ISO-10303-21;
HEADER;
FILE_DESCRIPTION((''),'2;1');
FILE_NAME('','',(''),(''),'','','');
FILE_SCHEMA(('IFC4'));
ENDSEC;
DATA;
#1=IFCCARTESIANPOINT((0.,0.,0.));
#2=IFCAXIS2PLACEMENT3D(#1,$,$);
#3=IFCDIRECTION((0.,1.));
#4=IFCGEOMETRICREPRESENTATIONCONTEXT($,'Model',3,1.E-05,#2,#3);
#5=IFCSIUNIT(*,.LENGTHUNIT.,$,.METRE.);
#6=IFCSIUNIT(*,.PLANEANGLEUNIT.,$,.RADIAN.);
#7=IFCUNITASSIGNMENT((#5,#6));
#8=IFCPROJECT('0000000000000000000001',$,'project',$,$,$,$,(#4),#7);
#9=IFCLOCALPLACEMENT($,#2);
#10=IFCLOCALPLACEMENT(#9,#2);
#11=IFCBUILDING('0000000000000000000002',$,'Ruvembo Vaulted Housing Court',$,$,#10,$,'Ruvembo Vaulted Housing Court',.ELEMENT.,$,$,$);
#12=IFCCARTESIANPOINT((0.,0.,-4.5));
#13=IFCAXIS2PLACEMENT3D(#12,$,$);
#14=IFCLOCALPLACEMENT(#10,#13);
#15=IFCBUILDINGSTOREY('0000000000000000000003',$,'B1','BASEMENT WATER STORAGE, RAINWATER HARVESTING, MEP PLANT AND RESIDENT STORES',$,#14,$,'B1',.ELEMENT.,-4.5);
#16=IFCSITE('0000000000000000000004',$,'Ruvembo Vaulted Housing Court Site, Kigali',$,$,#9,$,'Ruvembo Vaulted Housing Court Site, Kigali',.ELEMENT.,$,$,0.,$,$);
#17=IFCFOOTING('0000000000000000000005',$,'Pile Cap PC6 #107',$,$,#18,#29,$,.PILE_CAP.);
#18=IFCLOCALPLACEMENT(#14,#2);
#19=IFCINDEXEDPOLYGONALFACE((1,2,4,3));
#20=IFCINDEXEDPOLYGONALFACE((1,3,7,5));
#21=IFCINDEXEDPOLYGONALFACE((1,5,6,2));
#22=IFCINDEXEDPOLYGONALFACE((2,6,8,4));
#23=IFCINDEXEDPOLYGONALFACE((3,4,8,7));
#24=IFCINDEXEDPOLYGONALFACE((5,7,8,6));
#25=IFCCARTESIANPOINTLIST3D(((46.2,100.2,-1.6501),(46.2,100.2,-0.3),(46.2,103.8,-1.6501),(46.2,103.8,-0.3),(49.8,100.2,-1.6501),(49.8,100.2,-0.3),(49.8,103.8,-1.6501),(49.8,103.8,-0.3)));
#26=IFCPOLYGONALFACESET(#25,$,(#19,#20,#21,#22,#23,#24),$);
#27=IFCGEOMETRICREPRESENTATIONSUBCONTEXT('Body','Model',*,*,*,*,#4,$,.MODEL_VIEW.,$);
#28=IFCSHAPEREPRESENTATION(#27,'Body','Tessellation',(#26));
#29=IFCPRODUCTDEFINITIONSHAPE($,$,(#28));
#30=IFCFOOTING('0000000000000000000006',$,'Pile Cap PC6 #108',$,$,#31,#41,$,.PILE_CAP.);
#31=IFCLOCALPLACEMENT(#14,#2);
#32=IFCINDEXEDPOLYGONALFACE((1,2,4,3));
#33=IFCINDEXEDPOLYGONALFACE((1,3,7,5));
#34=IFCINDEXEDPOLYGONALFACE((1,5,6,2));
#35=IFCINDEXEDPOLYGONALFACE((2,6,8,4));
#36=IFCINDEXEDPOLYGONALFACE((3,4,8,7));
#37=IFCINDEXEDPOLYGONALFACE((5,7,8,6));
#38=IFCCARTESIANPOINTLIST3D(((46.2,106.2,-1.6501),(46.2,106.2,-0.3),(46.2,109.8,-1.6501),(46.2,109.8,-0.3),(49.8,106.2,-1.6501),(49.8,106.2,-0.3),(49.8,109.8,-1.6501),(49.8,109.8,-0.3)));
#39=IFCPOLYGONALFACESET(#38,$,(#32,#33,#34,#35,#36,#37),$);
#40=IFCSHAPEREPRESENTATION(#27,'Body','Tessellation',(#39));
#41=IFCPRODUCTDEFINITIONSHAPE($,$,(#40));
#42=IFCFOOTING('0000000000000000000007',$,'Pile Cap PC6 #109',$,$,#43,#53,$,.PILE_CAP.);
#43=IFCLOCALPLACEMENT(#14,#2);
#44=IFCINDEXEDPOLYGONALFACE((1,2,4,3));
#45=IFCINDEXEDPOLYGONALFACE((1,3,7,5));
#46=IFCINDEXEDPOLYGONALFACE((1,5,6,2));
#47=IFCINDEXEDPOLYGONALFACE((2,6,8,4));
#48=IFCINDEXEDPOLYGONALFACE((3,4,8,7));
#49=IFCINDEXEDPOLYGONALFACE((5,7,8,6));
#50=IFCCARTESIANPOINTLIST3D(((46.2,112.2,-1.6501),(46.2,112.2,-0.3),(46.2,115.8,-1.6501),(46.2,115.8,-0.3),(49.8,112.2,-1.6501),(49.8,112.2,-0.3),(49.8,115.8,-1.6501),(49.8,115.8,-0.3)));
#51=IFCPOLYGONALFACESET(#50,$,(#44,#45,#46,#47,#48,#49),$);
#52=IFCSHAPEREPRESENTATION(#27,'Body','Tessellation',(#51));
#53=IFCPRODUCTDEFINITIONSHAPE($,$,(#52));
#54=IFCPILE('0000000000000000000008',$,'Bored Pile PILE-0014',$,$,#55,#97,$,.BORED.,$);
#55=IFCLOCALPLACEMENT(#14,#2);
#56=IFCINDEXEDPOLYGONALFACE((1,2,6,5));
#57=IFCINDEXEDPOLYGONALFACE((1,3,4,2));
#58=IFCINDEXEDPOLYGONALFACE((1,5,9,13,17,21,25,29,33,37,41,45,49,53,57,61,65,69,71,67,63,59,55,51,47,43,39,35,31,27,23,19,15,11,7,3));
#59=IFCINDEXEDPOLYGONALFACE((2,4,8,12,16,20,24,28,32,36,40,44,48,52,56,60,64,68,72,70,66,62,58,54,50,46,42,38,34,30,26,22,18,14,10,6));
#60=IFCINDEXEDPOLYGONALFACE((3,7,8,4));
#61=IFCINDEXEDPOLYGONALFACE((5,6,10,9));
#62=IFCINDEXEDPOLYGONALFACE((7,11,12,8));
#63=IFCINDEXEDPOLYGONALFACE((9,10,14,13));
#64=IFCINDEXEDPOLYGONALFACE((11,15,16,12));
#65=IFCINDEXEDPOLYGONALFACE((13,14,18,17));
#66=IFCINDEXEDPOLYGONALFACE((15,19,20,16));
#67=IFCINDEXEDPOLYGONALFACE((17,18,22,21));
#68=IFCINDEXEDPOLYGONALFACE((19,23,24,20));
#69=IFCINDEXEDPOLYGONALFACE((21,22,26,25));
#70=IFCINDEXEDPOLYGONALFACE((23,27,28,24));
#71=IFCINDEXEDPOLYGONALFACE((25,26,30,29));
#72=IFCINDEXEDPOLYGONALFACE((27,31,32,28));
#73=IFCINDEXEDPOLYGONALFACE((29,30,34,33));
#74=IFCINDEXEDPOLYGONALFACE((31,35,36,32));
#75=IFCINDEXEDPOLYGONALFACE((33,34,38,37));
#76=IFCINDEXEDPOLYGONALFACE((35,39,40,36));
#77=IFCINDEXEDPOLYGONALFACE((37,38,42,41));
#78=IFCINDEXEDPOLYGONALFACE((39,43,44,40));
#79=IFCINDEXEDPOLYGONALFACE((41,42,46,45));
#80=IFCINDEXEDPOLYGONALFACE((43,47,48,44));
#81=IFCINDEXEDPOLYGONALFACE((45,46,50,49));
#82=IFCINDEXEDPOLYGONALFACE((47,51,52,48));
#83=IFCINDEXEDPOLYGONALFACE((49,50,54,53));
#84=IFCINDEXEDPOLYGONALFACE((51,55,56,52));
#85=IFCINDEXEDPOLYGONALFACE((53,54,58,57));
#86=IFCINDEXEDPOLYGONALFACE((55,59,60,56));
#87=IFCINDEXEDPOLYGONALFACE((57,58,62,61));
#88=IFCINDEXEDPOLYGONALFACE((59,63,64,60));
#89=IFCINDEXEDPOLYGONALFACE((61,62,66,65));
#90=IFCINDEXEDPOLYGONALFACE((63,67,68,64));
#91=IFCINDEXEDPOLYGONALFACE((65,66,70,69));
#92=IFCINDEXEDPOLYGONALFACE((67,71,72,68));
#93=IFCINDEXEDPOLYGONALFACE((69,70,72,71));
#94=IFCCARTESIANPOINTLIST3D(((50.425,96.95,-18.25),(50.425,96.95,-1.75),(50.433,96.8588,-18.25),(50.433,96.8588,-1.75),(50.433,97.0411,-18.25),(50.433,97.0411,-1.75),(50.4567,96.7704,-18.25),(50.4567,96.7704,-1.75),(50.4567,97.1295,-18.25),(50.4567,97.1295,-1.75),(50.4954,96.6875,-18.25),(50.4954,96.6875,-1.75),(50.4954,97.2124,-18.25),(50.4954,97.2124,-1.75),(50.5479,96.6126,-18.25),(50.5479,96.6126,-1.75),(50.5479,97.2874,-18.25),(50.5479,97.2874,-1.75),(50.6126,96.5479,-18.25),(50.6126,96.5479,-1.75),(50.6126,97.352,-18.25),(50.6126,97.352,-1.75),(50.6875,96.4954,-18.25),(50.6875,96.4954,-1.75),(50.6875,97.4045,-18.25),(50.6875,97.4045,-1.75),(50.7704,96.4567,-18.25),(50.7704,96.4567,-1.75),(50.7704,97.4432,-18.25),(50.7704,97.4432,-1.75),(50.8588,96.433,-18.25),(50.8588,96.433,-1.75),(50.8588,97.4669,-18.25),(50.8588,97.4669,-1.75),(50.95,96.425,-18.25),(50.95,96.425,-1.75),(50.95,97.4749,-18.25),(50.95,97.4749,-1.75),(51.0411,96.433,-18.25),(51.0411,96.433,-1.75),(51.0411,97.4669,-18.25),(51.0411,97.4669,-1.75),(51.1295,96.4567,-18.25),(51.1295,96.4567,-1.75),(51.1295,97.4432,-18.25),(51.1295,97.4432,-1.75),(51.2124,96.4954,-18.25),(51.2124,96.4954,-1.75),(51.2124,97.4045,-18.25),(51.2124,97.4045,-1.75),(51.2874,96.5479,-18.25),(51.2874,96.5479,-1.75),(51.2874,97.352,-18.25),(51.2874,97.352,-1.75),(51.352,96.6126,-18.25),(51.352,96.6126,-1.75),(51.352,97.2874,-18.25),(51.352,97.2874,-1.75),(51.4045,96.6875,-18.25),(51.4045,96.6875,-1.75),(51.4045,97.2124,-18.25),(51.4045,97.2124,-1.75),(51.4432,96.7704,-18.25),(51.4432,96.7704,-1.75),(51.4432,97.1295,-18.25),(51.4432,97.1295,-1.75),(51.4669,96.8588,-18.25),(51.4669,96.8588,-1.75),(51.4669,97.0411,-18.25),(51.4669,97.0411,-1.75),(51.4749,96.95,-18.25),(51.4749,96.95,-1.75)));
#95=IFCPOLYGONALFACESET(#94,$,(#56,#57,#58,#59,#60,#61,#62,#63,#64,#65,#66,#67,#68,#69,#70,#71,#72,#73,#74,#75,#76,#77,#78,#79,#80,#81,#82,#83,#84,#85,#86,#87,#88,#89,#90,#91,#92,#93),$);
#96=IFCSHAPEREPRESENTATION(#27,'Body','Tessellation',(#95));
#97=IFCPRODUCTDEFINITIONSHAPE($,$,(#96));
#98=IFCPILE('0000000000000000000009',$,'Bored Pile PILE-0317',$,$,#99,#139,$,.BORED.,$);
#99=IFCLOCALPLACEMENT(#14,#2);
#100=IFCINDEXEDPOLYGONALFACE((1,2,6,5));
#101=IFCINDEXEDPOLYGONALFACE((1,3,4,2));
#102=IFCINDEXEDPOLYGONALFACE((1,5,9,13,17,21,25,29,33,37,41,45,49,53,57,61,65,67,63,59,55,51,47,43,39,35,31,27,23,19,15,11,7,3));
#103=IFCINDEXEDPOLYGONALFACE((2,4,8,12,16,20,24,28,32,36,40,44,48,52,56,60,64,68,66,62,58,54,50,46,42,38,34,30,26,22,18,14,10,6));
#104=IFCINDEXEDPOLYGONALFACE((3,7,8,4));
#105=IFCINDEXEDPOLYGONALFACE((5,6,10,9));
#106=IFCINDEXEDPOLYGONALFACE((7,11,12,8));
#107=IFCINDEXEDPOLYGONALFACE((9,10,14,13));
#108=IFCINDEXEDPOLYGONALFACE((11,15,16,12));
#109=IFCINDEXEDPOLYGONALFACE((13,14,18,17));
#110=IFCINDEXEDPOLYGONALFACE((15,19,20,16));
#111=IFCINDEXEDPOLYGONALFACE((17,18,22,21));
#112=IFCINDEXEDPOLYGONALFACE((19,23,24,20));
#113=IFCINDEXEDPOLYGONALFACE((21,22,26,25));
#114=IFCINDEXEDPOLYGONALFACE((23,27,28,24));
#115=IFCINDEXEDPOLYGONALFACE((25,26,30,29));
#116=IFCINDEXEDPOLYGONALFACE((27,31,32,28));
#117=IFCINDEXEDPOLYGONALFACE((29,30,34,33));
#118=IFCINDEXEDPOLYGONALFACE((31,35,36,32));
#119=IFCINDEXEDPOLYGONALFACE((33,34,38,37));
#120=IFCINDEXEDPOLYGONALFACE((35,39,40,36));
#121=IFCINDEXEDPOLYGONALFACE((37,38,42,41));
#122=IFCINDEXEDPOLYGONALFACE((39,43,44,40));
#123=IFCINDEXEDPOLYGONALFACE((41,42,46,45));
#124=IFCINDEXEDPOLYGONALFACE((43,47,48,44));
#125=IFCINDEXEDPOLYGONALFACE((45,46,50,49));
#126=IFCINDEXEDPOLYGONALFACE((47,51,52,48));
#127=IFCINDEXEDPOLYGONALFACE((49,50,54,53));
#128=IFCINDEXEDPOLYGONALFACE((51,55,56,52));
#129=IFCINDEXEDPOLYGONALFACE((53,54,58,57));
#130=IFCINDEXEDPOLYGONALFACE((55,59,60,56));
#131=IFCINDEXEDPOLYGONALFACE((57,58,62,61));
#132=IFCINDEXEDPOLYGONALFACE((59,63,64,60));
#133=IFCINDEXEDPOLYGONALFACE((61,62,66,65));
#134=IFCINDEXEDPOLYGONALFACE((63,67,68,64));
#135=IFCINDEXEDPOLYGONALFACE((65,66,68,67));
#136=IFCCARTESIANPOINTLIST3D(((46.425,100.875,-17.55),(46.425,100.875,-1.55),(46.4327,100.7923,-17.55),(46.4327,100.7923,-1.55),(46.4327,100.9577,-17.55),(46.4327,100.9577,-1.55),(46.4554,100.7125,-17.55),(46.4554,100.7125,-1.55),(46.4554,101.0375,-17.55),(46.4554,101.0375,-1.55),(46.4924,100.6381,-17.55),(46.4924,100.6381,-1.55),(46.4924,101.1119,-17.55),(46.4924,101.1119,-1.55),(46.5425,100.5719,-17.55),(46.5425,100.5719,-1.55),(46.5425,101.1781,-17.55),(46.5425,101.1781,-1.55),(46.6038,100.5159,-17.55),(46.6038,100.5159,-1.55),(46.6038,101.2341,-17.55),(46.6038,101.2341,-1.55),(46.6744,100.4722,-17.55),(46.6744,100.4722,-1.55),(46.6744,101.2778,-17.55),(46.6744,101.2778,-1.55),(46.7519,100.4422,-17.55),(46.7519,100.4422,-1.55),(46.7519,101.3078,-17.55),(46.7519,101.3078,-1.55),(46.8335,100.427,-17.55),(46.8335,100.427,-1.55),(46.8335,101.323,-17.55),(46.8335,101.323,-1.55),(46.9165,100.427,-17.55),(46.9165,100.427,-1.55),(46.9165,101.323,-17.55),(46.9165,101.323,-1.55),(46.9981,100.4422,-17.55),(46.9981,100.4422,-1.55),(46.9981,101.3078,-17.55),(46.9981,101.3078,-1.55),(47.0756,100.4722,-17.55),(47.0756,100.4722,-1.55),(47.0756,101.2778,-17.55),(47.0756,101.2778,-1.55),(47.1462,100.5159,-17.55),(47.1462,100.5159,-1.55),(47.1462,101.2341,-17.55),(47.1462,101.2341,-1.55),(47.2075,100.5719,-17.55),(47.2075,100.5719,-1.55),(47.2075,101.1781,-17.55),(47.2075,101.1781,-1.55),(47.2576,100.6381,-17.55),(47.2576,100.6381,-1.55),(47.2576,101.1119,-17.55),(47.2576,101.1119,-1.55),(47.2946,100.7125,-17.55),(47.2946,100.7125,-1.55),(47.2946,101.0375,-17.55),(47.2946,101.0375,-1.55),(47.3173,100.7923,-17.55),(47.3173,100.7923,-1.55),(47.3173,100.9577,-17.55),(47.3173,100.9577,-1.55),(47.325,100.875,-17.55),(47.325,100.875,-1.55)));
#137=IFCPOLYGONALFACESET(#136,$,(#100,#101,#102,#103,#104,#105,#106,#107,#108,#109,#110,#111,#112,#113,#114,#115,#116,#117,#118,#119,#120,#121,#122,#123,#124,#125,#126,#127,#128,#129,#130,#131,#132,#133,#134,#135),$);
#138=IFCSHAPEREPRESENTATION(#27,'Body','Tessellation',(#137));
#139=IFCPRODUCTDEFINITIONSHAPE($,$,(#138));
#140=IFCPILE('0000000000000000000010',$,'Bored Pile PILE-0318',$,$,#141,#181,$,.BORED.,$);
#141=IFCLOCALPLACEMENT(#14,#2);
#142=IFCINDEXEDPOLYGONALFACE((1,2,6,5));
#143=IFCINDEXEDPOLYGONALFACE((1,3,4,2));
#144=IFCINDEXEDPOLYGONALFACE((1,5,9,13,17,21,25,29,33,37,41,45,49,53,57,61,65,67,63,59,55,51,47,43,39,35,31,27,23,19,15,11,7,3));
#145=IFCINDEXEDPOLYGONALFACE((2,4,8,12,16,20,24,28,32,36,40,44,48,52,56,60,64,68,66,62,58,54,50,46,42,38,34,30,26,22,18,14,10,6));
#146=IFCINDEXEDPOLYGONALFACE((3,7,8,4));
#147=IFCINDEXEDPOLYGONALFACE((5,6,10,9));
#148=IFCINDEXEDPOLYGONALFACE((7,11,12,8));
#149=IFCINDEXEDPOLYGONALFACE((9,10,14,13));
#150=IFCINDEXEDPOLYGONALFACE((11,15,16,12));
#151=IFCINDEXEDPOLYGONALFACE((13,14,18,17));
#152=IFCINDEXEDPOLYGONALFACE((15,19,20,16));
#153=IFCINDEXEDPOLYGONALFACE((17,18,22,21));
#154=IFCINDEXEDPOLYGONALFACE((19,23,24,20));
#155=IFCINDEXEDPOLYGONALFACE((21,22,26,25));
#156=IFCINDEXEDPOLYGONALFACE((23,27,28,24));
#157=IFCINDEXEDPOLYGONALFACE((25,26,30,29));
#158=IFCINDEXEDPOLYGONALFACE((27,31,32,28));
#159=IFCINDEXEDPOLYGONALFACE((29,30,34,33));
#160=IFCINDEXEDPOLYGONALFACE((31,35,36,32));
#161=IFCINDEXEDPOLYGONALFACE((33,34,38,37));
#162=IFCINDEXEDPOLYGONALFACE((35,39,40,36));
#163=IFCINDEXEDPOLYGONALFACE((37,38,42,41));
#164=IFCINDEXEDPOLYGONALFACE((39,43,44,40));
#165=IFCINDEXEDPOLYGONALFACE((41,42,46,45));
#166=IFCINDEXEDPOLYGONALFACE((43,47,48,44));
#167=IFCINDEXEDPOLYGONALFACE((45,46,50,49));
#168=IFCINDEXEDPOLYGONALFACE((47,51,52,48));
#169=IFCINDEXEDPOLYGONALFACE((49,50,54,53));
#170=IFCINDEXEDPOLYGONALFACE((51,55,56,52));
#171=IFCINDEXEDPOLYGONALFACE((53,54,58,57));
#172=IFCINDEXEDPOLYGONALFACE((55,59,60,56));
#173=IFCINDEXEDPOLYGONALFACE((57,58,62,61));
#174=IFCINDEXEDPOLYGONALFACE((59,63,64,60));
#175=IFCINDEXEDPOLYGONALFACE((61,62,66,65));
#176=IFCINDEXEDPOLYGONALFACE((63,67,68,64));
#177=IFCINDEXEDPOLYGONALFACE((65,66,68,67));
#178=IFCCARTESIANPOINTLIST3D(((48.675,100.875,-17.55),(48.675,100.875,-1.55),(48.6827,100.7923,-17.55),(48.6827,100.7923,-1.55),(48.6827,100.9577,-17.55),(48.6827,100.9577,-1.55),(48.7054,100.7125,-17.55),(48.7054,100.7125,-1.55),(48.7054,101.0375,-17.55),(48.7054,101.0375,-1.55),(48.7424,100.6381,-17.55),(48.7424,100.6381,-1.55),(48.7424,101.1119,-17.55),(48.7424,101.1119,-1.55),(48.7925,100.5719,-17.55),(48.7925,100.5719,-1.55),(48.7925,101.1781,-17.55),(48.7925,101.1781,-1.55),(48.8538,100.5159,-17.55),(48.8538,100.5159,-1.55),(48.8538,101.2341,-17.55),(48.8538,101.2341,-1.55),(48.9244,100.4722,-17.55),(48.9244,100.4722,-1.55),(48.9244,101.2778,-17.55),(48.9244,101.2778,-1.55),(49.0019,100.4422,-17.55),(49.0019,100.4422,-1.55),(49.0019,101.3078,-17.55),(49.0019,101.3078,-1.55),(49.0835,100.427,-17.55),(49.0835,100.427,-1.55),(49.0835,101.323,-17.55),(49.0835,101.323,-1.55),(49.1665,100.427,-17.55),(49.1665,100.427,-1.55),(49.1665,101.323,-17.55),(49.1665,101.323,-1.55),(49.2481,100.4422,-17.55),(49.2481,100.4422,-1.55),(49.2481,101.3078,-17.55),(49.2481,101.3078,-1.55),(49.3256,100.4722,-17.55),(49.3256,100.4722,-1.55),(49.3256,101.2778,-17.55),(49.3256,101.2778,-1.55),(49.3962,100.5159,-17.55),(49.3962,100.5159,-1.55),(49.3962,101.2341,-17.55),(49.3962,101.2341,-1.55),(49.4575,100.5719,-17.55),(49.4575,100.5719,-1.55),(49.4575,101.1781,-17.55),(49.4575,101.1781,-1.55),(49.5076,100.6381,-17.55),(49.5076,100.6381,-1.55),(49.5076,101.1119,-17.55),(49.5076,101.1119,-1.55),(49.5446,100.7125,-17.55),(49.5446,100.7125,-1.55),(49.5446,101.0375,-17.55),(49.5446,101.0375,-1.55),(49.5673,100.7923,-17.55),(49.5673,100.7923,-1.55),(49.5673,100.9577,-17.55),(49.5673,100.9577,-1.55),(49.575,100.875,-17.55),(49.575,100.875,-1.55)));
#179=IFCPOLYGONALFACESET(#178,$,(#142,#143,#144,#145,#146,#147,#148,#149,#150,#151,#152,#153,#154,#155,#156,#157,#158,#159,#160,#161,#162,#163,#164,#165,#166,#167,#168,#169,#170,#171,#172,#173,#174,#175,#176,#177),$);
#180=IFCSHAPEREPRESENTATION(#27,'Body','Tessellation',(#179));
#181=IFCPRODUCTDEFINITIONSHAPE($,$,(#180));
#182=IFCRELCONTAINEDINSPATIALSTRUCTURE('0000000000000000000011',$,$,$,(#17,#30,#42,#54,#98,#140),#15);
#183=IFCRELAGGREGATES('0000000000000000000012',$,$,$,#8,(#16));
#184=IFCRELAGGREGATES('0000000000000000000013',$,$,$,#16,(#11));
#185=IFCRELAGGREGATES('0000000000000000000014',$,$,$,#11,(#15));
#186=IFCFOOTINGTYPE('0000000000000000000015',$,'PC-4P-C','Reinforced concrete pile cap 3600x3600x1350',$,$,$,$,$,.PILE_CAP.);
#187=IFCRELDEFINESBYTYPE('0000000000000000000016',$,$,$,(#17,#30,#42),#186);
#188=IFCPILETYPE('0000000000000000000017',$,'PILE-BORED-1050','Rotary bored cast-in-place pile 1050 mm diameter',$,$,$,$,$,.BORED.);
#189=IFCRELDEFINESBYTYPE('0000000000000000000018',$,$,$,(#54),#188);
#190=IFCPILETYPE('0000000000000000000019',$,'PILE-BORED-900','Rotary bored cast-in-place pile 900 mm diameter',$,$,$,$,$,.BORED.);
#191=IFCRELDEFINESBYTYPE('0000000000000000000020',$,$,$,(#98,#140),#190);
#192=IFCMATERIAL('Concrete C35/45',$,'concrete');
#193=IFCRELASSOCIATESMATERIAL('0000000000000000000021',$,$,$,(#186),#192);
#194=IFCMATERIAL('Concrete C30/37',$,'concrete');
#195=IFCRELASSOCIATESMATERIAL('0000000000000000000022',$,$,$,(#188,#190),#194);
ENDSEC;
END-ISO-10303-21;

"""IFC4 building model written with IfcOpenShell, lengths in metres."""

from ifc_helpers import new_model, si_unit, direction, frame, origin, origin_2d, place, context, subcontext, project, spatial, rectangle, circle, extrude, material, material_profile, profile_set, type_object, element, save


model = new_model("IFC4")

# Units and contexts
model_context = context("Model", 3, precision=1e-05, world=origin(), true_north=direction((0.0, 1.0)))
body_context = subcontext(model_context, "Body", "Model", "MODEL_VIEW")
ifc_project = project(units=[si_unit("LENGTHUNIT", "METRE"), si_unit("PLANEANGLEUNIT", "RADIAN")], contexts=[model_context])

# Site, building, storey
site_placement = place(None, origin())
site = spatial("IfcSite", under=ifc_project, at=site_placement, Name="Ruvembo Vaulted Housing Court Site, Kigali", LongName="Ruvembo Vaulted Housing Court Site, Kigali", CompositionType="ELEMENT", RefElevation=0.0)
building_placement = place(site_placement, origin())
building = spatial("IfcBuilding", under=site, at=building_placement, Name="Ruvembo Vaulted Housing Court", LongName="Ruvembo Vaulted Housing Court", CompositionType="ELEMENT")
storey_placement = place(building_placement, frame((0.0, 0.0, -4.5)))
storey = spatial("IfcBuildingStorey", under=building, at=storey_placement, Name="B1", Description="BASEMENT WATER STORAGE, RAINWATER HARVESTING, MEP PLANT AND RESIDENT STORES", LongName="B1", CompositionType="ELEMENT", Elevation=-4.5)

# Footings
ifc_material_1 = material(Name="Concrete C35/45", Category="concrete")
footing_type = type_object("IfcFootingType", Name="PC-4P-C", Description="Reinforced concrete pile cap 3600x3600x1350", PredefinedType="PILE_CAP", material=ifc_material_1)
for number, where, z_axis, x_axis, name in (
    (1, (48.0, 102.0, -1.6501), (0.0, 0.0, 1.0), (1.0, 0.0, 0.0), "Pile Cap PC6 #107"),
    (2, (48.0, 108.0, -1.6501), (0.0, 0.0, 1.0), (1.0, 0.0, 0.0), "Pile Cap PC6 #108"),
    (3, (48.0, 114.0, -1.6501), (0.0, 0.0, 1.0), (1.0, 0.0, 0.0), "Pile Cap PC6 #109"),
):
    element("IfcFooting", number, at=place(storey_placement, frame(where, z_axis=z_axis, x_axis=x_axis)), inside=storey, type_object=footing_type, Name=name, PredefinedType="PILE_CAP", context=body_context, shape_type="SweptSolid", body=[
        extrude(rectangle(XDim=3.6001, YDim=3.6001, at=origin_2d()), origin(), (0.0, 0.0, 1.0), 1.3501),
    ])

# Piles
ifc_material_2 = material(Name="Concrete C30/37", Category="concrete")
ifc_material_profile_1 = material_profile(ifc_material_2, circle(Radius=0.5249, at=origin_2d()), Name="PILE D1050")
ifc_profile_set_1 = profile_set([ifc_material_profile_1], Name="Concrete C30/37")
pile_type_1 = type_object("IfcPileType", Name="PILE-BORED-1050", Description="Rotary bored cast-in-place pile 1050 mm diameter", PredefinedType="BORED", material=ifc_profile_set_1)
pile_placement = place(storey_placement, frame((50.95, 96.95, -1.75), z_axis=(0.0, 0.0, -1.0), x_axis=(1.0, 0.0, 0.0)))
element("IfcPile", 4, at=pile_placement, inside=storey, type_object=pile_type_1, Name="Bored Pile PILE-0014", PredefinedType="BORED", context=body_context, shape_type="SweptSolid", body=[
    extrude(circle(Radius=0.5249, at=origin_2d()), origin(), (0.0, 0.0, 1.0), 16.5),
])
ifc_material_profile_2 = material_profile(ifc_material_2, circle(Radius=0.45, at=origin_2d()), Name="PILE D900")
ifc_profile_set_2 = profile_set([ifc_material_profile_2], Name="Concrete C30/37")
pile_type_2 = type_object("IfcPileType", Name="PILE-BORED-900", Description="Rotary bored cast-in-place pile 900 mm diameter", PredefinedType="BORED", material=ifc_profile_set_2)
for number, where, z_axis, x_axis, name in (
    (5, (46.875, 100.875, -1.55), (0.0, 0.0, -1.0), (1.0, 0.0, 0.0), "Bored Pile PILE-0317"),
    (6, (49.125, 100.875, -1.55), (0.0, 0.0, -1.0), (1.0, 0.0, 0.0), "Bored Pile PILE-0318"),
):
    element("IfcPile", number, at=place(storey_placement, frame(where, z_axis=z_axis, x_axis=x_axis)), inside=storey, type_object=pile_type_2, Name=name, PredefinedType="BORED", context=body_context, shape_type="SweptSolid", body=[
        extrude(circle(Radius=0.45, at=origin_2d()), origin(), (0.0, 0.0, 1.0), 16.0),
    ])

save(model, "model.ifc")
